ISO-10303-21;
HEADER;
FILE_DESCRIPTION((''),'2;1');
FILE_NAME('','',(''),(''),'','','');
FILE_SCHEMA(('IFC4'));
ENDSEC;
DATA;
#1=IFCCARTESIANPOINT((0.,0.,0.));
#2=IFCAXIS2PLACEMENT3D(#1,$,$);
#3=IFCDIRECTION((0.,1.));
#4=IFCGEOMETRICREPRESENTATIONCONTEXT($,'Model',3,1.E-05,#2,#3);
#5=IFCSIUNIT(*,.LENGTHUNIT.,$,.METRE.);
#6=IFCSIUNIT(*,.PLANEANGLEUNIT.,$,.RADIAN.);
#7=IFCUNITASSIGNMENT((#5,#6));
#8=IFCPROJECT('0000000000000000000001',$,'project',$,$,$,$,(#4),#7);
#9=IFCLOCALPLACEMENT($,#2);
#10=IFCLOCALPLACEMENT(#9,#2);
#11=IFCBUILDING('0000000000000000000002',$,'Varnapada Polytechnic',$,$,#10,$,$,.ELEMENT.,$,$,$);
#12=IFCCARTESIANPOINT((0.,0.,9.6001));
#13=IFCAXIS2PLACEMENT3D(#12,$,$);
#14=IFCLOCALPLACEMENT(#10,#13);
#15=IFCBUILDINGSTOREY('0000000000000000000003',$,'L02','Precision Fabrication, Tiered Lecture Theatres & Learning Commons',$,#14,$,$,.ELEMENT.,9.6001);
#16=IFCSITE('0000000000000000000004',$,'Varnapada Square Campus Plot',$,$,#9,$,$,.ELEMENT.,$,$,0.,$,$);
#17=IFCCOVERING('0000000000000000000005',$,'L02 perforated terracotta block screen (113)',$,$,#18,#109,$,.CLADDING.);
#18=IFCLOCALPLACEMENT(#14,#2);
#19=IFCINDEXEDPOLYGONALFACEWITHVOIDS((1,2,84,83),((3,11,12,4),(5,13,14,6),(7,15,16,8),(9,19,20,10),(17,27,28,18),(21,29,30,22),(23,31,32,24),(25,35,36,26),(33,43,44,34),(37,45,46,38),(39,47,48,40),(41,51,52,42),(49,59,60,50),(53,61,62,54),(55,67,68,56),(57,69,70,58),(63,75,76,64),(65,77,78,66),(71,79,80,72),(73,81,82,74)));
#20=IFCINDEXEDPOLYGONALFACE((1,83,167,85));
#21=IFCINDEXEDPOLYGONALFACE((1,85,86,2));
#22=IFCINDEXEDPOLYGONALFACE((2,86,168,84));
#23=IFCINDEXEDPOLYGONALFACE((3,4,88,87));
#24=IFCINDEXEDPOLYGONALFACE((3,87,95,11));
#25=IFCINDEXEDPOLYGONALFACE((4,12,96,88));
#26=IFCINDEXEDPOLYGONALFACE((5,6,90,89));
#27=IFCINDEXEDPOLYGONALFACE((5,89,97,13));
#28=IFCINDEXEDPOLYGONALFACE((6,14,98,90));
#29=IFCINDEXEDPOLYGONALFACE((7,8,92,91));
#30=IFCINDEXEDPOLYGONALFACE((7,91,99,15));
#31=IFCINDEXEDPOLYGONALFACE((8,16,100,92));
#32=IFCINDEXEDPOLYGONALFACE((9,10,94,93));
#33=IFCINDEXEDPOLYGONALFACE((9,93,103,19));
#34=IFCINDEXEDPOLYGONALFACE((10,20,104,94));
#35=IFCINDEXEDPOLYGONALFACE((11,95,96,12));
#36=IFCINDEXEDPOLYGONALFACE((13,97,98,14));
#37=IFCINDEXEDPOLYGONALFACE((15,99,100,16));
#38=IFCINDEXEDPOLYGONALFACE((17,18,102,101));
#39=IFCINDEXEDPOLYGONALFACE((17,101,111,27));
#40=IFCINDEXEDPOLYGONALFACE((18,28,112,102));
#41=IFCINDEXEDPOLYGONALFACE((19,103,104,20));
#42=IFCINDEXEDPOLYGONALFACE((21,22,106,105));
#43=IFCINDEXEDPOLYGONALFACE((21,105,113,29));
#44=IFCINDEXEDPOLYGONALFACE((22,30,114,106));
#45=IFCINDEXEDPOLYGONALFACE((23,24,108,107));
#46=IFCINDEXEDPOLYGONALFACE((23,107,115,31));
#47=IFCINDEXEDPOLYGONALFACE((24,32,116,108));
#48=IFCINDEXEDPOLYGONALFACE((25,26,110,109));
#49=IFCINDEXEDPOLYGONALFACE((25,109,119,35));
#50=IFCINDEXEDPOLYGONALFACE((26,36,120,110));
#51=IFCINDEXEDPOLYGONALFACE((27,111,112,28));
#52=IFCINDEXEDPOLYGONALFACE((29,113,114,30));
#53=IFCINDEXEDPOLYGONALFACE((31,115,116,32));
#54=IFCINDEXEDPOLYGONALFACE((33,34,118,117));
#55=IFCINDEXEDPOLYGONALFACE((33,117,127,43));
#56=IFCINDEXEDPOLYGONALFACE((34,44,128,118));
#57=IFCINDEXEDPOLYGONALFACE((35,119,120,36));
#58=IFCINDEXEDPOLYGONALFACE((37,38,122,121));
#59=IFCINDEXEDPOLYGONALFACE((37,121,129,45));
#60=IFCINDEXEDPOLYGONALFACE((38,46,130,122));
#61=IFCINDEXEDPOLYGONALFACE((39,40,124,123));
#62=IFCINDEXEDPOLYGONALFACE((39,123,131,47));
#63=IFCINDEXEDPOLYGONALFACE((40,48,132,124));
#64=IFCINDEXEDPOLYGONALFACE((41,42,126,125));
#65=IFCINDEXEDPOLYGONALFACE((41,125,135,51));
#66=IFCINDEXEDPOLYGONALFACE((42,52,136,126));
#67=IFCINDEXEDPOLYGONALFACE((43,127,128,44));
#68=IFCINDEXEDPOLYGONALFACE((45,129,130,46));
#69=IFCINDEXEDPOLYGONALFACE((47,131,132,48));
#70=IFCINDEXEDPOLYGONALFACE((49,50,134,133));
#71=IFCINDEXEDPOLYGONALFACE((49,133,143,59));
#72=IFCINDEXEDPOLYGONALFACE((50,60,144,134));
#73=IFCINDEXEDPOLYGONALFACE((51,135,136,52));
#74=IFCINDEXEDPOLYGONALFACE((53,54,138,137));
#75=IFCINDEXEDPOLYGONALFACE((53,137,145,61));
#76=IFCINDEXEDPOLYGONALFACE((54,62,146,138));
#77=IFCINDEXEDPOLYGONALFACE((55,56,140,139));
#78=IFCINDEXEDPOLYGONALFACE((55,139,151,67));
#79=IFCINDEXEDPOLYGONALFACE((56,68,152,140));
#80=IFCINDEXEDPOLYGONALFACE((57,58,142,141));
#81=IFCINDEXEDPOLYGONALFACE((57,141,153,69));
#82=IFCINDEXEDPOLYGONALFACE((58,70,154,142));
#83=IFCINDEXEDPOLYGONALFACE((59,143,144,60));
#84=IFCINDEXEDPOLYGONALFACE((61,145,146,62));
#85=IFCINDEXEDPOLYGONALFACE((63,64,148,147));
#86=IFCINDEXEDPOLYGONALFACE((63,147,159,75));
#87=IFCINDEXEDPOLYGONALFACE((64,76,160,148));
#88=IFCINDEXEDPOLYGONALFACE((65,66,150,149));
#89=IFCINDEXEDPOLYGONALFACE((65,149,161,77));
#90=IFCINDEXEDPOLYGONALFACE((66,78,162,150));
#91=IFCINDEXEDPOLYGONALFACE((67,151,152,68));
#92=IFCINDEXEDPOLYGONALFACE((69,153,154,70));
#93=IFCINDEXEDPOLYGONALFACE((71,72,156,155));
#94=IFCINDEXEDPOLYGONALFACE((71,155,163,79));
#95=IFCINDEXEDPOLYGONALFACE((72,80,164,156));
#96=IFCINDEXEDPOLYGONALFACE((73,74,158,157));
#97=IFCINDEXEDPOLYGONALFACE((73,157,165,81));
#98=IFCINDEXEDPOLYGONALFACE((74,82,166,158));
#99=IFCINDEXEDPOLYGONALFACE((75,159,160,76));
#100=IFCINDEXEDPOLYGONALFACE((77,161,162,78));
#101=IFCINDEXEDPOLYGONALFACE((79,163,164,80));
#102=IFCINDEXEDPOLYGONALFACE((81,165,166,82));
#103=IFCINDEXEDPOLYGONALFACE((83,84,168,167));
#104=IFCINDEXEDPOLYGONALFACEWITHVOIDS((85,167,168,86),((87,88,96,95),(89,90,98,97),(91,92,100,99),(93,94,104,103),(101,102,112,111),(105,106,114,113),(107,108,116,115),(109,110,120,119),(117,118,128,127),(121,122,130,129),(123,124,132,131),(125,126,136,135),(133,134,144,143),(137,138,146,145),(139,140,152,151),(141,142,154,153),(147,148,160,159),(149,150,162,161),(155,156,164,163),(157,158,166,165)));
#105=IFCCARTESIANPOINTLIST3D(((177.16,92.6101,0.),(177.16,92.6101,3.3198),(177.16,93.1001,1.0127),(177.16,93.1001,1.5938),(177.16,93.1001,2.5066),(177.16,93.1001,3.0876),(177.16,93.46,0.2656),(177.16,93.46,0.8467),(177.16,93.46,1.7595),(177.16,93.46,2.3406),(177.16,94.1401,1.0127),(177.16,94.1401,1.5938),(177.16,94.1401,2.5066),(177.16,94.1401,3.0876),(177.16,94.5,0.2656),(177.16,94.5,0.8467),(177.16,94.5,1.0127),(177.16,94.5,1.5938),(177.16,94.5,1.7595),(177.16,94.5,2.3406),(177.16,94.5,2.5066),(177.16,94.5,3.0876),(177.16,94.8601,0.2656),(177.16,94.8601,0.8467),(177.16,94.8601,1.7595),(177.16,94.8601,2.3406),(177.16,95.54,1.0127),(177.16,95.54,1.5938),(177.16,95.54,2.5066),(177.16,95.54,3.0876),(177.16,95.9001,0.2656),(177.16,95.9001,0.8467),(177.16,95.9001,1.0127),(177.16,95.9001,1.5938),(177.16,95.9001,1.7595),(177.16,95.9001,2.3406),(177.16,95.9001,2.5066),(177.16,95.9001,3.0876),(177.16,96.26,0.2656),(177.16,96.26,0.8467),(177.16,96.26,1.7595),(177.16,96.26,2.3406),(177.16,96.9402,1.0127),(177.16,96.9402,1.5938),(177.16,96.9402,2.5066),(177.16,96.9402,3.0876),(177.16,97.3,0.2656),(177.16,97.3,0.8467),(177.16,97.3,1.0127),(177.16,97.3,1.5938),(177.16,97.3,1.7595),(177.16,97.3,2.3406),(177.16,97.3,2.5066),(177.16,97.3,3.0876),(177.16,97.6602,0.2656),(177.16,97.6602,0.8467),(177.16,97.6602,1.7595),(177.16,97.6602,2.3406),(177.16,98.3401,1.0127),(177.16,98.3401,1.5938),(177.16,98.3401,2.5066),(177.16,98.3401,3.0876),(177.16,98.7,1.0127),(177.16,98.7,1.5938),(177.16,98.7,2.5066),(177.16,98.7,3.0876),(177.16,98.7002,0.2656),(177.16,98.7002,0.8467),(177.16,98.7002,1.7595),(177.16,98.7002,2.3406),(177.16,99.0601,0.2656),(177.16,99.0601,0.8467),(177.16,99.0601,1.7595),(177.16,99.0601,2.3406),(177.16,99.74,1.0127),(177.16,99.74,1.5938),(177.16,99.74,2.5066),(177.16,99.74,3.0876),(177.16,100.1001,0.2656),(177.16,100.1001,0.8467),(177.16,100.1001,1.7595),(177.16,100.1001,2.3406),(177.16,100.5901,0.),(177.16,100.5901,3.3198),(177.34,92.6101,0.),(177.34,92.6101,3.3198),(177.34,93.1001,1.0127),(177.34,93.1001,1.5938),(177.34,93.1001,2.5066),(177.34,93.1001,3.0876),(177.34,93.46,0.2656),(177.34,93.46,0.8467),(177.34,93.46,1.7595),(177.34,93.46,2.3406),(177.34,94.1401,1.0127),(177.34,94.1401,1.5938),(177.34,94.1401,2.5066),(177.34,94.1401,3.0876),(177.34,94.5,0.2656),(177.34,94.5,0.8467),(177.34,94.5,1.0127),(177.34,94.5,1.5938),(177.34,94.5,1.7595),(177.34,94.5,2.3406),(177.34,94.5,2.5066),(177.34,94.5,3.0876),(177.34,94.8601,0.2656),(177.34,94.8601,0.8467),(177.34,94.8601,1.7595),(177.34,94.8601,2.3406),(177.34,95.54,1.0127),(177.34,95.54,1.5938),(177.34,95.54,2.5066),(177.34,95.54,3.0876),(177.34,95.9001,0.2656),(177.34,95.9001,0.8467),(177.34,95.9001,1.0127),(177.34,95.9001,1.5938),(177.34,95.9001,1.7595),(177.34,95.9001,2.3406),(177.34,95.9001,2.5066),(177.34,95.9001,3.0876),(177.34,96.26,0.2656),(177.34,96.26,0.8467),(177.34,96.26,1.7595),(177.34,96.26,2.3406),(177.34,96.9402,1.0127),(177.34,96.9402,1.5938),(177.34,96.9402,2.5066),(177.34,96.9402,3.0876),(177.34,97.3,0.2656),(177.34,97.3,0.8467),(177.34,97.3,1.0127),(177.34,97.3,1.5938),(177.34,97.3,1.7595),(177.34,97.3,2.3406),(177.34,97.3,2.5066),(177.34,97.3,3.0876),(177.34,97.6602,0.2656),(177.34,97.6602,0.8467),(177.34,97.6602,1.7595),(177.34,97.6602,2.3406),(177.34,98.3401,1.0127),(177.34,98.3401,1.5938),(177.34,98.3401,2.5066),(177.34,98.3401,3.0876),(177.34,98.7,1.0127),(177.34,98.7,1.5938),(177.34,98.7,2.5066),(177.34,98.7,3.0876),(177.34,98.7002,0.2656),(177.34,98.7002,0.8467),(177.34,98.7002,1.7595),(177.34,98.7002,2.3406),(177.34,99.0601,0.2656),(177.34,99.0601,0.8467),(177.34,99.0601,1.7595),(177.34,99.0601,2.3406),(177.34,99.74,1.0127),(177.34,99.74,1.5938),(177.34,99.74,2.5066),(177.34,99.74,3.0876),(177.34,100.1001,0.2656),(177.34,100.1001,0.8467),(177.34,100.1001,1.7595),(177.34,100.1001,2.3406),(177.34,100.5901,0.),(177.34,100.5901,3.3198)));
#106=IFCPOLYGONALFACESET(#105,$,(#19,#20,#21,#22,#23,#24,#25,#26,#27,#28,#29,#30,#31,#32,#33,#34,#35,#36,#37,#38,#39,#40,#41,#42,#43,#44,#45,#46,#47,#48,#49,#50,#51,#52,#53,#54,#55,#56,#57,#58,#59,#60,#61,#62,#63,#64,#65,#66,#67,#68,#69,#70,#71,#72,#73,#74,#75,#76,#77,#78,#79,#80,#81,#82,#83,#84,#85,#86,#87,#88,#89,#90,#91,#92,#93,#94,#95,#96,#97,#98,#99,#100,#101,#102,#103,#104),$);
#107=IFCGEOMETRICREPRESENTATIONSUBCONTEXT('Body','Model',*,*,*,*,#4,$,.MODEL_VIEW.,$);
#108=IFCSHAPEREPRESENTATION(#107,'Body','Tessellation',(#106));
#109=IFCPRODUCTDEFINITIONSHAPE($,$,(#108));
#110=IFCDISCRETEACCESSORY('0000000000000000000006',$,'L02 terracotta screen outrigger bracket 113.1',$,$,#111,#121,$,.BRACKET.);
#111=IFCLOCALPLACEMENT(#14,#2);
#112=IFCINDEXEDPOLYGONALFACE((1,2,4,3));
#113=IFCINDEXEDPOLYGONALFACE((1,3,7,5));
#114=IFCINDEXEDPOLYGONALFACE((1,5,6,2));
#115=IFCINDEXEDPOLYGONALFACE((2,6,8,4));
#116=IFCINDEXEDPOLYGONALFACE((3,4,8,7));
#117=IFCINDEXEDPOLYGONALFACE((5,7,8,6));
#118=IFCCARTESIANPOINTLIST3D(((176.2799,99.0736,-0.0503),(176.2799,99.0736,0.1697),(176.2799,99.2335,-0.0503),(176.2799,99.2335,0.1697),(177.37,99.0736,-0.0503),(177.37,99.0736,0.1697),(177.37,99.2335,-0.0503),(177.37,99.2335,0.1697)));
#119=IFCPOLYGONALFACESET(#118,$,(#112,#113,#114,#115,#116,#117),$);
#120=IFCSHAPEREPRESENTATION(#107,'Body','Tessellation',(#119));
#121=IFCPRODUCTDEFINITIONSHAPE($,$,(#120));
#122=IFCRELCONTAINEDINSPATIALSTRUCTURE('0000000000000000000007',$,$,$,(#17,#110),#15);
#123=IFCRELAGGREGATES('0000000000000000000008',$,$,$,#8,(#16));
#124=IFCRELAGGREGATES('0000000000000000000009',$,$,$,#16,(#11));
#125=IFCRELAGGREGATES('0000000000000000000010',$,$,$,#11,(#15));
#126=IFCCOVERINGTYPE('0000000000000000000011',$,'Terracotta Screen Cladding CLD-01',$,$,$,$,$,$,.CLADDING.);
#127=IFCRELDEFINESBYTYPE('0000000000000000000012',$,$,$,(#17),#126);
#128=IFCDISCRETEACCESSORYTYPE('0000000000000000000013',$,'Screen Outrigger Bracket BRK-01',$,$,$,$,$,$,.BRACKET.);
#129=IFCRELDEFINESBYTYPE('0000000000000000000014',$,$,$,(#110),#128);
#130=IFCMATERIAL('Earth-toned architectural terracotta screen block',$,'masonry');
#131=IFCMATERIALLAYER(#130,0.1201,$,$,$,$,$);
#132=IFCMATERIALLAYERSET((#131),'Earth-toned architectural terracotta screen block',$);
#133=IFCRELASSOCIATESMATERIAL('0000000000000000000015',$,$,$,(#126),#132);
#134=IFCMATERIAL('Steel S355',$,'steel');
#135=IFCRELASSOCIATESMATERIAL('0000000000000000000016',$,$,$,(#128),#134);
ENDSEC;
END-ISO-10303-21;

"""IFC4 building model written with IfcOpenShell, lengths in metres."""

from ifc_helpers import new_model, si_unit, direction, frame, frame_2d, origin, origin_2d, place, context, subcontext, project, spatial, rectangle, extrude, material, layer, layer_set, type_object, element, save


model = new_model("IFC4")

# Units and contexts
model_context = context("Model", 3, precision=1e-05, world=origin(), true_north=direction((0.0, 1.0)))
body_context = subcontext(model_context, "Body", "Model", "MODEL_VIEW")
ifc_project = project(units=[si_unit("LENGTHUNIT", "METRE"), si_unit("PLANEANGLEUNIT", "RADIAN")], contexts=[model_context])

# Site, building, storey
site_placement = place(None, origin())
site = spatial("IfcSite", under=ifc_project, at=site_placement, Name="Varnapada Square Campus Plot", CompositionType="ELEMENT", RefElevation=0.0)
building_placement = place(site_placement, origin())
building = spatial("IfcBuilding", under=site, at=building_placement, Name="Varnapada Polytechnic", CompositionType="ELEMENT")
storey_placement = place(building_placement, frame((0.0, 0.0, 9.6001)))
storey = spatial("IfcBuildingStorey", under=building, at=storey_placement, Name="L02", Description="Precision Fabrication, Tiered Lecture Theatres & Learning Commons", CompositionType="ELEMENT", Elevation=9.6001)

# Covering, openings
ifc_material_1 = material(Name="Earth-toned architectural terracotta screen block", Category="masonry")
ifc_layer_1 = layer(ifc_material_1, 0.1201)
ifc_layer_set_1 = layer_set([ifc_layer_1], Name="Earth-toned architectural terracotta screen block")
covering_type = type_object("IfcCoveringType", Name="Terracotta Screen Cladding CLD-01", PredefinedType="CLADDING", material=ifc_layer_set_1)
covering_placement = place(storey_placement, frame((177.25, 100.5901, 0.0), z_axis=(0.0, 0.0, 1.0), x_axis=(0.0, -1.0, 0.0)))
covering = element("IfcCovering", 1, at=covering_placement, inside=storey, type_object=covering_type, Name="L02 perforated terracotta block screen (113)", PredefinedType="CLADDING", context=body_context, shape_type="SweptSolid", body=[
    extrude(rectangle(XDim=7.98, YDim=0.1799, at=frame_2d((3.99, 0.0))), origin(), (0.0, 0.0, 1.0), 3.3198),
])
opening_1_placement = place(covering_placement, frame((0.49, 0.0, 0.2656)))
element("IfcOpeningElement", 2, at=opening_1_placement, cuts=covering, PredefinedType="OPENING", context=body_context, shape_type="SweptSolid", body=[
    extrude(rectangle(XDim=1.04, YDim=0.5811, at=frame_2d((0.52, 0.2905))), frame((0.0, 0.0999, 0.0), z_axis=(0.0, -1.0, 0.0), x_axis=(1.0, 0.0, 0.0)), (0.0, 0.0, 1.0), 0.2),
])
opening_2_placement = place(covering_placement, frame((1.8899, 0.0, 0.2656)))
element("IfcOpeningElement", 3, at=opening_2_placement, cuts=covering, PredefinedType="OPENING", context=body_context, shape_type="SweptSolid", body=[
    extrude(rectangle(XDim=1.04, YDim=0.5811, at=frame_2d((0.52, 0.2905))), frame((0.0, 0.0999, 0.0), z_axis=(0.0, -1.0, 0.0), x_axis=(1.0, 0.0, 0.0)), (0.0, 0.0, 1.0), 0.2),
])
opening_3_placement = place(covering_placement, frame((3.29, 0.0, 0.2656)))
element("IfcOpeningElement", 4, at=opening_3_placement, cuts=covering, PredefinedType="OPENING", context=body_context, shape_type="SweptSolid", body=[
    extrude(rectangle(XDim=1.04, YDim=0.5811, at=frame_2d((0.52, 0.2905))), frame((0.0, 0.0999, 0.0), z_axis=(0.0, -1.0, 0.0), x_axis=(1.0, 0.0, 0.0)), (0.0, 0.0, 1.0), 0.2),
])
opening_4_placement = place(covering_placement, frame((4.6899, 0.0, 0.2656)))
element("IfcOpeningElement", 5, at=opening_4_placement, cuts=covering, PredefinedType="OPENING", context=body_context, shape_type="SweptSolid", body=[
    extrude(rectangle(XDim=1.04, YDim=0.5811, at=frame_2d((0.52, 0.2905))), frame((0.0, 0.0999, 0.0), z_axis=(0.0, -1.0, 0.0), x_axis=(1.0, 0.0, 0.0)), (0.0, 0.0, 1.0), 0.2),
])
opening_5_placement = place(covering_placement, frame((6.0901, 0.0, 0.2656)))
element("IfcOpeningElement", 6, at=opening_5_placement, cuts=covering, PredefinedType="OPENING", context=body_context, shape_type="SweptSolid", body=[
    extrude(rectangle(XDim=1.04, YDim=0.5811, at=frame_2d((0.52, 0.2905))), frame((0.0, 0.0999, 0.0), z_axis=(0.0, -1.0, 0.0), x_axis=(1.0, 0.0, 0.0)), (0.0, 0.0, 1.0), 0.2),
])
opening_6_placement = place(covering_placement, frame((0.8501, 0.0, 1.0127)))
element("IfcOpeningElement", 7, at=opening_6_placement, cuts=covering, PredefinedType="OPENING", context=body_context, shape_type="SweptSolid", body=[
    extrude(rectangle(XDim=1.04, YDim=0.5811, at=frame_2d((0.52, 0.2905))), frame((0.0, 0.0999, 0.0), z_axis=(0.0, -1.0, 0.0), x_axis=(1.0, 0.0, 0.0)), (0.0, 0.0, 1.0), 0.2),
])
opening_7_placement = place(covering_placement, frame((2.25, 0.0, 1.0127)))
element("IfcOpeningElement", 8, at=opening_7_placement, cuts=covering, PredefinedType="OPENING", context=body_context, shape_type="SweptSolid", body=[
    extrude(rectangle(XDim=1.04, YDim=0.5811, at=frame_2d((0.52, 0.2905))), frame((0.0, 0.0999, 0.0), z_axis=(0.0, -1.0, 0.0), x_axis=(1.0, 0.0, 0.0)), (0.0, 0.0, 1.0), 0.2),
])
opening_8_placement = place(covering_placement, frame((3.6499, 0.0, 1.0127)))
element("IfcOpeningElement", 9, at=opening_8_placement, cuts=covering, PredefinedType="OPENING", context=body_context, shape_type="SweptSolid", body=[
    extrude(rectangle(XDim=1.04, YDim=0.5811, at=frame_2d((0.52, 0.2905))), frame((0.0, 0.0999, 0.0), z_axis=(0.0, -1.0, 0.0), x_axis=(1.0, 0.0, 0.0)), (0.0, 0.0, 1.0), 0.2),
])
opening_9_placement = place(covering_placement, frame((5.05, 0.0, 1.0127)))
element("IfcOpeningElement", 10, at=opening_9_placement, cuts=covering, PredefinedType="OPENING", context=body_context, shape_type="SweptSolid", body=[
    extrude(rectangle(XDim=1.04, YDim=0.5811, at=frame_2d((0.52, 0.2905))), frame((0.0, 0.0999, 0.0), z_axis=(0.0, -1.0, 0.0), x_axis=(1.0, 0.0, 0.0)), (0.0, 0.0, 1.0), 0.2),
])
opening_10_placement = place(covering_placement, frame((6.45, 0.0, 1.0127)))
element("IfcOpeningElement", 11, at=opening_10_placement, cuts=covering, PredefinedType="OPENING", context=body_context, shape_type="SweptSolid", body=[
    extrude(rectangle(XDim=1.04, YDim=0.5811, at=frame_2d((0.52, 0.2905))), frame((0.0, 0.0999, 0.0), z_axis=(0.0, -1.0, 0.0), x_axis=(1.0, 0.0, 0.0)), (0.0, 0.0, 1.0), 0.2),
])
opening_11_placement = place(covering_placement, frame((0.49, 0.0, 1.7595)))
element("IfcOpeningElement", 12, at=opening_11_placement, cuts=covering, PredefinedType="OPENING", context=body_context, shape_type="SweptSolid", body=[
    extrude(rectangle(XDim=1.04, YDim=0.5811, at=frame_2d((0.52, 0.2905))), frame((0.0, 0.0999, 0.0), z_axis=(0.0, -1.0, 0.0), x_axis=(1.0, 0.0, 0.0)), (0.0, 0.0, 1.0), 0.2),
])
opening_12_placement = place(covering_placement, frame((1.8899, 0.0, 1.7595)))
element("IfcOpeningElement", 13, at=opening_12_placement, cuts=covering, PredefinedType="OPENING", context=body_context, shape_type="SweptSolid", body=[
    extrude(rectangle(XDim=1.04, YDim=0.5811, at=frame_2d((0.52, 0.2905))), frame((0.0, 0.0999, 0.0), z_axis=(0.0, -1.0, 0.0), x_axis=(1.0, 0.0, 0.0)), (0.0, 0.0, 1.0), 0.2),
])
opening_13_placement = place(covering_placement, frame((3.29, 0.0, 1.7595)))
element("IfcOpeningElement", 14, at=opening_13_placement, cuts=covering, PredefinedType="OPENING", context=body_context, shape_type="SweptSolid", body=[
    extrude(rectangle(XDim=1.04, YDim=0.5811, at=frame_2d((0.52, 0.2905))), frame((0.0, 0.0999, 0.0), z_axis=(0.0, -1.0, 0.0), x_axis=(1.0, 0.0, 0.0)), (0.0, 0.0, 1.0), 0.2),
])
opening_14_placement = place(covering_placement, frame((4.6899, 0.0, 1.7595)))
element("IfcOpeningElement", 15, at=opening_14_placement, cuts=covering, PredefinedType="OPENING", context=body_context, shape_type="SweptSolid", body=[
    extrude(rectangle(XDim=1.04, YDim=0.5811, at=frame_2d((0.52, 0.2905))), frame((0.0, 0.0999, 0.0), z_axis=(0.0, -1.0, 0.0), x_axis=(1.0, 0.0, 0.0)), (0.0, 0.0, 1.0), 0.2),
])
opening_15_placement = place(covering_placement, frame((6.0901, 0.0, 1.7595)))
element("IfcOpeningElement", 16, at=opening_15_placement, cuts=covering, PredefinedType="OPENING", context=body_context, shape_type="SweptSolid", body=[
    extrude(rectangle(XDim=1.04, YDim=0.5811, at=frame_2d((0.52, 0.2905))), frame((0.0, 0.0999, 0.0), z_axis=(0.0, -1.0, 0.0), x_axis=(1.0, 0.0, 0.0)), (0.0, 0.0, 1.0), 0.2),
])
opening_16_placement = place(covering_placement, frame((0.8501, 0.0, 2.5066)))
element("IfcOpeningElement", 17, at=opening_16_placement, cuts=covering, PredefinedType="OPENING", context=body_context, shape_type="SweptSolid", body=[
    extrude(rectangle(XDim=1.04, YDim=0.5811, at=frame_2d((0.52, 0.2905))), frame((0.0, 0.0999, 0.0), z_axis=(0.0, -1.0, 0.0), x_axis=(1.0, 0.0, 0.0)), (0.0, 0.0, 1.0), 0.2),
])
opening_17_placement = place(covering_placement, frame((2.25, 0.0, 2.5066)))
element("IfcOpeningElement", 18, at=opening_17_placement, cuts=covering, PredefinedType="OPENING", context=body_context, shape_type="SweptSolid", body=[
    extrude(rectangle(XDim=1.04, YDim=0.5811, at=frame_2d((0.52, 0.2905))), frame((0.0, 0.0999, 0.0), z_axis=(0.0, -1.0, 0.0), x_axis=(1.0, 0.0, 0.0)), (0.0, 0.0, 1.0), 0.2),
])
opening_18_placement = place(covering_placement, frame((3.6499, 0.0, 2.5066)))
element("IfcOpeningElement", 19, at=opening_18_placement, cuts=covering, PredefinedType="OPENING", context=body_context, shape_type="SweptSolid", body=[
    extrude(rectangle(XDim=1.04, YDim=0.5811, at=frame_2d((0.52, 0.2905))), frame((0.0, 0.0999, 0.0), z_axis=(0.0, -1.0, 0.0), x_axis=(1.0, 0.0, 0.0)), (0.0, 0.0, 1.0), 0.2),
])
opening_19_placement = place(covering_placement, frame((5.05, 0.0, 2.5066)))
element("IfcOpeningElement", 20, at=opening_19_placement, cuts=covering, PredefinedType="OPENING", context=body_context, shape_type="SweptSolid", body=[
    extrude(rectangle(XDim=1.04, YDim=0.5811, at=frame_2d((0.52, 0.2905))), frame((0.0, 0.0999, 0.0), z_axis=(0.0, -1.0, 0.0), x_axis=(1.0, 0.0, 0.0)), (0.0, 0.0, 1.0), 0.2),
])
opening_20_placement = place(covering_placement, frame((6.45, 0.0, 2.5066)))
element("IfcOpeningElement", 21, at=opening_20_placement, cuts=covering, PredefinedType="OPENING", context=body_context, shape_type="SweptSolid", body=[
    extrude(rectangle(XDim=1.04, YDim=0.5811, at=frame_2d((0.52, 0.2905))), frame((0.0, 0.0999, 0.0), z_axis=(0.0, -1.0, 0.0), x_axis=(1.0, 0.0, 0.0)), (0.0, 0.0, 1.0), 0.2),
])

# Discrete accessory
ifc_material_2 = material(Name="Steel S355", Category="steel")
discrete_accessory_type = type_object("IfcDiscreteAccessoryType", Name="Screen Outrigger Bracket BRK-01", PredefinedType="BRACKET", material=ifc_material_2)
for number, where, z_axis, x_axis, name in (
    (22, (176.825, 99.1536, -0.0503), (0.0, 0.0, 1.0), (0.0, -1.0, 0.0), "L02 terracotta screen outrigger bracket 113.1"),
):
    element("IfcDiscreteAccessory", number, at=place(storey_placement, frame(where, z_axis=z_axis, x_axis=x_axis)), inside=storey, type_object=discrete_accessory_type, Name=name, PredefinedType="BRACKET", context=body_context, shape_type="SweptSolid", body=[
        extrude(rectangle(XDim=0.1599, YDim=1.0901, at=origin_2d()), origin(), (0.0, 0.0, 1.0), 0.22),
    ])

save(model, "model.ifc")
